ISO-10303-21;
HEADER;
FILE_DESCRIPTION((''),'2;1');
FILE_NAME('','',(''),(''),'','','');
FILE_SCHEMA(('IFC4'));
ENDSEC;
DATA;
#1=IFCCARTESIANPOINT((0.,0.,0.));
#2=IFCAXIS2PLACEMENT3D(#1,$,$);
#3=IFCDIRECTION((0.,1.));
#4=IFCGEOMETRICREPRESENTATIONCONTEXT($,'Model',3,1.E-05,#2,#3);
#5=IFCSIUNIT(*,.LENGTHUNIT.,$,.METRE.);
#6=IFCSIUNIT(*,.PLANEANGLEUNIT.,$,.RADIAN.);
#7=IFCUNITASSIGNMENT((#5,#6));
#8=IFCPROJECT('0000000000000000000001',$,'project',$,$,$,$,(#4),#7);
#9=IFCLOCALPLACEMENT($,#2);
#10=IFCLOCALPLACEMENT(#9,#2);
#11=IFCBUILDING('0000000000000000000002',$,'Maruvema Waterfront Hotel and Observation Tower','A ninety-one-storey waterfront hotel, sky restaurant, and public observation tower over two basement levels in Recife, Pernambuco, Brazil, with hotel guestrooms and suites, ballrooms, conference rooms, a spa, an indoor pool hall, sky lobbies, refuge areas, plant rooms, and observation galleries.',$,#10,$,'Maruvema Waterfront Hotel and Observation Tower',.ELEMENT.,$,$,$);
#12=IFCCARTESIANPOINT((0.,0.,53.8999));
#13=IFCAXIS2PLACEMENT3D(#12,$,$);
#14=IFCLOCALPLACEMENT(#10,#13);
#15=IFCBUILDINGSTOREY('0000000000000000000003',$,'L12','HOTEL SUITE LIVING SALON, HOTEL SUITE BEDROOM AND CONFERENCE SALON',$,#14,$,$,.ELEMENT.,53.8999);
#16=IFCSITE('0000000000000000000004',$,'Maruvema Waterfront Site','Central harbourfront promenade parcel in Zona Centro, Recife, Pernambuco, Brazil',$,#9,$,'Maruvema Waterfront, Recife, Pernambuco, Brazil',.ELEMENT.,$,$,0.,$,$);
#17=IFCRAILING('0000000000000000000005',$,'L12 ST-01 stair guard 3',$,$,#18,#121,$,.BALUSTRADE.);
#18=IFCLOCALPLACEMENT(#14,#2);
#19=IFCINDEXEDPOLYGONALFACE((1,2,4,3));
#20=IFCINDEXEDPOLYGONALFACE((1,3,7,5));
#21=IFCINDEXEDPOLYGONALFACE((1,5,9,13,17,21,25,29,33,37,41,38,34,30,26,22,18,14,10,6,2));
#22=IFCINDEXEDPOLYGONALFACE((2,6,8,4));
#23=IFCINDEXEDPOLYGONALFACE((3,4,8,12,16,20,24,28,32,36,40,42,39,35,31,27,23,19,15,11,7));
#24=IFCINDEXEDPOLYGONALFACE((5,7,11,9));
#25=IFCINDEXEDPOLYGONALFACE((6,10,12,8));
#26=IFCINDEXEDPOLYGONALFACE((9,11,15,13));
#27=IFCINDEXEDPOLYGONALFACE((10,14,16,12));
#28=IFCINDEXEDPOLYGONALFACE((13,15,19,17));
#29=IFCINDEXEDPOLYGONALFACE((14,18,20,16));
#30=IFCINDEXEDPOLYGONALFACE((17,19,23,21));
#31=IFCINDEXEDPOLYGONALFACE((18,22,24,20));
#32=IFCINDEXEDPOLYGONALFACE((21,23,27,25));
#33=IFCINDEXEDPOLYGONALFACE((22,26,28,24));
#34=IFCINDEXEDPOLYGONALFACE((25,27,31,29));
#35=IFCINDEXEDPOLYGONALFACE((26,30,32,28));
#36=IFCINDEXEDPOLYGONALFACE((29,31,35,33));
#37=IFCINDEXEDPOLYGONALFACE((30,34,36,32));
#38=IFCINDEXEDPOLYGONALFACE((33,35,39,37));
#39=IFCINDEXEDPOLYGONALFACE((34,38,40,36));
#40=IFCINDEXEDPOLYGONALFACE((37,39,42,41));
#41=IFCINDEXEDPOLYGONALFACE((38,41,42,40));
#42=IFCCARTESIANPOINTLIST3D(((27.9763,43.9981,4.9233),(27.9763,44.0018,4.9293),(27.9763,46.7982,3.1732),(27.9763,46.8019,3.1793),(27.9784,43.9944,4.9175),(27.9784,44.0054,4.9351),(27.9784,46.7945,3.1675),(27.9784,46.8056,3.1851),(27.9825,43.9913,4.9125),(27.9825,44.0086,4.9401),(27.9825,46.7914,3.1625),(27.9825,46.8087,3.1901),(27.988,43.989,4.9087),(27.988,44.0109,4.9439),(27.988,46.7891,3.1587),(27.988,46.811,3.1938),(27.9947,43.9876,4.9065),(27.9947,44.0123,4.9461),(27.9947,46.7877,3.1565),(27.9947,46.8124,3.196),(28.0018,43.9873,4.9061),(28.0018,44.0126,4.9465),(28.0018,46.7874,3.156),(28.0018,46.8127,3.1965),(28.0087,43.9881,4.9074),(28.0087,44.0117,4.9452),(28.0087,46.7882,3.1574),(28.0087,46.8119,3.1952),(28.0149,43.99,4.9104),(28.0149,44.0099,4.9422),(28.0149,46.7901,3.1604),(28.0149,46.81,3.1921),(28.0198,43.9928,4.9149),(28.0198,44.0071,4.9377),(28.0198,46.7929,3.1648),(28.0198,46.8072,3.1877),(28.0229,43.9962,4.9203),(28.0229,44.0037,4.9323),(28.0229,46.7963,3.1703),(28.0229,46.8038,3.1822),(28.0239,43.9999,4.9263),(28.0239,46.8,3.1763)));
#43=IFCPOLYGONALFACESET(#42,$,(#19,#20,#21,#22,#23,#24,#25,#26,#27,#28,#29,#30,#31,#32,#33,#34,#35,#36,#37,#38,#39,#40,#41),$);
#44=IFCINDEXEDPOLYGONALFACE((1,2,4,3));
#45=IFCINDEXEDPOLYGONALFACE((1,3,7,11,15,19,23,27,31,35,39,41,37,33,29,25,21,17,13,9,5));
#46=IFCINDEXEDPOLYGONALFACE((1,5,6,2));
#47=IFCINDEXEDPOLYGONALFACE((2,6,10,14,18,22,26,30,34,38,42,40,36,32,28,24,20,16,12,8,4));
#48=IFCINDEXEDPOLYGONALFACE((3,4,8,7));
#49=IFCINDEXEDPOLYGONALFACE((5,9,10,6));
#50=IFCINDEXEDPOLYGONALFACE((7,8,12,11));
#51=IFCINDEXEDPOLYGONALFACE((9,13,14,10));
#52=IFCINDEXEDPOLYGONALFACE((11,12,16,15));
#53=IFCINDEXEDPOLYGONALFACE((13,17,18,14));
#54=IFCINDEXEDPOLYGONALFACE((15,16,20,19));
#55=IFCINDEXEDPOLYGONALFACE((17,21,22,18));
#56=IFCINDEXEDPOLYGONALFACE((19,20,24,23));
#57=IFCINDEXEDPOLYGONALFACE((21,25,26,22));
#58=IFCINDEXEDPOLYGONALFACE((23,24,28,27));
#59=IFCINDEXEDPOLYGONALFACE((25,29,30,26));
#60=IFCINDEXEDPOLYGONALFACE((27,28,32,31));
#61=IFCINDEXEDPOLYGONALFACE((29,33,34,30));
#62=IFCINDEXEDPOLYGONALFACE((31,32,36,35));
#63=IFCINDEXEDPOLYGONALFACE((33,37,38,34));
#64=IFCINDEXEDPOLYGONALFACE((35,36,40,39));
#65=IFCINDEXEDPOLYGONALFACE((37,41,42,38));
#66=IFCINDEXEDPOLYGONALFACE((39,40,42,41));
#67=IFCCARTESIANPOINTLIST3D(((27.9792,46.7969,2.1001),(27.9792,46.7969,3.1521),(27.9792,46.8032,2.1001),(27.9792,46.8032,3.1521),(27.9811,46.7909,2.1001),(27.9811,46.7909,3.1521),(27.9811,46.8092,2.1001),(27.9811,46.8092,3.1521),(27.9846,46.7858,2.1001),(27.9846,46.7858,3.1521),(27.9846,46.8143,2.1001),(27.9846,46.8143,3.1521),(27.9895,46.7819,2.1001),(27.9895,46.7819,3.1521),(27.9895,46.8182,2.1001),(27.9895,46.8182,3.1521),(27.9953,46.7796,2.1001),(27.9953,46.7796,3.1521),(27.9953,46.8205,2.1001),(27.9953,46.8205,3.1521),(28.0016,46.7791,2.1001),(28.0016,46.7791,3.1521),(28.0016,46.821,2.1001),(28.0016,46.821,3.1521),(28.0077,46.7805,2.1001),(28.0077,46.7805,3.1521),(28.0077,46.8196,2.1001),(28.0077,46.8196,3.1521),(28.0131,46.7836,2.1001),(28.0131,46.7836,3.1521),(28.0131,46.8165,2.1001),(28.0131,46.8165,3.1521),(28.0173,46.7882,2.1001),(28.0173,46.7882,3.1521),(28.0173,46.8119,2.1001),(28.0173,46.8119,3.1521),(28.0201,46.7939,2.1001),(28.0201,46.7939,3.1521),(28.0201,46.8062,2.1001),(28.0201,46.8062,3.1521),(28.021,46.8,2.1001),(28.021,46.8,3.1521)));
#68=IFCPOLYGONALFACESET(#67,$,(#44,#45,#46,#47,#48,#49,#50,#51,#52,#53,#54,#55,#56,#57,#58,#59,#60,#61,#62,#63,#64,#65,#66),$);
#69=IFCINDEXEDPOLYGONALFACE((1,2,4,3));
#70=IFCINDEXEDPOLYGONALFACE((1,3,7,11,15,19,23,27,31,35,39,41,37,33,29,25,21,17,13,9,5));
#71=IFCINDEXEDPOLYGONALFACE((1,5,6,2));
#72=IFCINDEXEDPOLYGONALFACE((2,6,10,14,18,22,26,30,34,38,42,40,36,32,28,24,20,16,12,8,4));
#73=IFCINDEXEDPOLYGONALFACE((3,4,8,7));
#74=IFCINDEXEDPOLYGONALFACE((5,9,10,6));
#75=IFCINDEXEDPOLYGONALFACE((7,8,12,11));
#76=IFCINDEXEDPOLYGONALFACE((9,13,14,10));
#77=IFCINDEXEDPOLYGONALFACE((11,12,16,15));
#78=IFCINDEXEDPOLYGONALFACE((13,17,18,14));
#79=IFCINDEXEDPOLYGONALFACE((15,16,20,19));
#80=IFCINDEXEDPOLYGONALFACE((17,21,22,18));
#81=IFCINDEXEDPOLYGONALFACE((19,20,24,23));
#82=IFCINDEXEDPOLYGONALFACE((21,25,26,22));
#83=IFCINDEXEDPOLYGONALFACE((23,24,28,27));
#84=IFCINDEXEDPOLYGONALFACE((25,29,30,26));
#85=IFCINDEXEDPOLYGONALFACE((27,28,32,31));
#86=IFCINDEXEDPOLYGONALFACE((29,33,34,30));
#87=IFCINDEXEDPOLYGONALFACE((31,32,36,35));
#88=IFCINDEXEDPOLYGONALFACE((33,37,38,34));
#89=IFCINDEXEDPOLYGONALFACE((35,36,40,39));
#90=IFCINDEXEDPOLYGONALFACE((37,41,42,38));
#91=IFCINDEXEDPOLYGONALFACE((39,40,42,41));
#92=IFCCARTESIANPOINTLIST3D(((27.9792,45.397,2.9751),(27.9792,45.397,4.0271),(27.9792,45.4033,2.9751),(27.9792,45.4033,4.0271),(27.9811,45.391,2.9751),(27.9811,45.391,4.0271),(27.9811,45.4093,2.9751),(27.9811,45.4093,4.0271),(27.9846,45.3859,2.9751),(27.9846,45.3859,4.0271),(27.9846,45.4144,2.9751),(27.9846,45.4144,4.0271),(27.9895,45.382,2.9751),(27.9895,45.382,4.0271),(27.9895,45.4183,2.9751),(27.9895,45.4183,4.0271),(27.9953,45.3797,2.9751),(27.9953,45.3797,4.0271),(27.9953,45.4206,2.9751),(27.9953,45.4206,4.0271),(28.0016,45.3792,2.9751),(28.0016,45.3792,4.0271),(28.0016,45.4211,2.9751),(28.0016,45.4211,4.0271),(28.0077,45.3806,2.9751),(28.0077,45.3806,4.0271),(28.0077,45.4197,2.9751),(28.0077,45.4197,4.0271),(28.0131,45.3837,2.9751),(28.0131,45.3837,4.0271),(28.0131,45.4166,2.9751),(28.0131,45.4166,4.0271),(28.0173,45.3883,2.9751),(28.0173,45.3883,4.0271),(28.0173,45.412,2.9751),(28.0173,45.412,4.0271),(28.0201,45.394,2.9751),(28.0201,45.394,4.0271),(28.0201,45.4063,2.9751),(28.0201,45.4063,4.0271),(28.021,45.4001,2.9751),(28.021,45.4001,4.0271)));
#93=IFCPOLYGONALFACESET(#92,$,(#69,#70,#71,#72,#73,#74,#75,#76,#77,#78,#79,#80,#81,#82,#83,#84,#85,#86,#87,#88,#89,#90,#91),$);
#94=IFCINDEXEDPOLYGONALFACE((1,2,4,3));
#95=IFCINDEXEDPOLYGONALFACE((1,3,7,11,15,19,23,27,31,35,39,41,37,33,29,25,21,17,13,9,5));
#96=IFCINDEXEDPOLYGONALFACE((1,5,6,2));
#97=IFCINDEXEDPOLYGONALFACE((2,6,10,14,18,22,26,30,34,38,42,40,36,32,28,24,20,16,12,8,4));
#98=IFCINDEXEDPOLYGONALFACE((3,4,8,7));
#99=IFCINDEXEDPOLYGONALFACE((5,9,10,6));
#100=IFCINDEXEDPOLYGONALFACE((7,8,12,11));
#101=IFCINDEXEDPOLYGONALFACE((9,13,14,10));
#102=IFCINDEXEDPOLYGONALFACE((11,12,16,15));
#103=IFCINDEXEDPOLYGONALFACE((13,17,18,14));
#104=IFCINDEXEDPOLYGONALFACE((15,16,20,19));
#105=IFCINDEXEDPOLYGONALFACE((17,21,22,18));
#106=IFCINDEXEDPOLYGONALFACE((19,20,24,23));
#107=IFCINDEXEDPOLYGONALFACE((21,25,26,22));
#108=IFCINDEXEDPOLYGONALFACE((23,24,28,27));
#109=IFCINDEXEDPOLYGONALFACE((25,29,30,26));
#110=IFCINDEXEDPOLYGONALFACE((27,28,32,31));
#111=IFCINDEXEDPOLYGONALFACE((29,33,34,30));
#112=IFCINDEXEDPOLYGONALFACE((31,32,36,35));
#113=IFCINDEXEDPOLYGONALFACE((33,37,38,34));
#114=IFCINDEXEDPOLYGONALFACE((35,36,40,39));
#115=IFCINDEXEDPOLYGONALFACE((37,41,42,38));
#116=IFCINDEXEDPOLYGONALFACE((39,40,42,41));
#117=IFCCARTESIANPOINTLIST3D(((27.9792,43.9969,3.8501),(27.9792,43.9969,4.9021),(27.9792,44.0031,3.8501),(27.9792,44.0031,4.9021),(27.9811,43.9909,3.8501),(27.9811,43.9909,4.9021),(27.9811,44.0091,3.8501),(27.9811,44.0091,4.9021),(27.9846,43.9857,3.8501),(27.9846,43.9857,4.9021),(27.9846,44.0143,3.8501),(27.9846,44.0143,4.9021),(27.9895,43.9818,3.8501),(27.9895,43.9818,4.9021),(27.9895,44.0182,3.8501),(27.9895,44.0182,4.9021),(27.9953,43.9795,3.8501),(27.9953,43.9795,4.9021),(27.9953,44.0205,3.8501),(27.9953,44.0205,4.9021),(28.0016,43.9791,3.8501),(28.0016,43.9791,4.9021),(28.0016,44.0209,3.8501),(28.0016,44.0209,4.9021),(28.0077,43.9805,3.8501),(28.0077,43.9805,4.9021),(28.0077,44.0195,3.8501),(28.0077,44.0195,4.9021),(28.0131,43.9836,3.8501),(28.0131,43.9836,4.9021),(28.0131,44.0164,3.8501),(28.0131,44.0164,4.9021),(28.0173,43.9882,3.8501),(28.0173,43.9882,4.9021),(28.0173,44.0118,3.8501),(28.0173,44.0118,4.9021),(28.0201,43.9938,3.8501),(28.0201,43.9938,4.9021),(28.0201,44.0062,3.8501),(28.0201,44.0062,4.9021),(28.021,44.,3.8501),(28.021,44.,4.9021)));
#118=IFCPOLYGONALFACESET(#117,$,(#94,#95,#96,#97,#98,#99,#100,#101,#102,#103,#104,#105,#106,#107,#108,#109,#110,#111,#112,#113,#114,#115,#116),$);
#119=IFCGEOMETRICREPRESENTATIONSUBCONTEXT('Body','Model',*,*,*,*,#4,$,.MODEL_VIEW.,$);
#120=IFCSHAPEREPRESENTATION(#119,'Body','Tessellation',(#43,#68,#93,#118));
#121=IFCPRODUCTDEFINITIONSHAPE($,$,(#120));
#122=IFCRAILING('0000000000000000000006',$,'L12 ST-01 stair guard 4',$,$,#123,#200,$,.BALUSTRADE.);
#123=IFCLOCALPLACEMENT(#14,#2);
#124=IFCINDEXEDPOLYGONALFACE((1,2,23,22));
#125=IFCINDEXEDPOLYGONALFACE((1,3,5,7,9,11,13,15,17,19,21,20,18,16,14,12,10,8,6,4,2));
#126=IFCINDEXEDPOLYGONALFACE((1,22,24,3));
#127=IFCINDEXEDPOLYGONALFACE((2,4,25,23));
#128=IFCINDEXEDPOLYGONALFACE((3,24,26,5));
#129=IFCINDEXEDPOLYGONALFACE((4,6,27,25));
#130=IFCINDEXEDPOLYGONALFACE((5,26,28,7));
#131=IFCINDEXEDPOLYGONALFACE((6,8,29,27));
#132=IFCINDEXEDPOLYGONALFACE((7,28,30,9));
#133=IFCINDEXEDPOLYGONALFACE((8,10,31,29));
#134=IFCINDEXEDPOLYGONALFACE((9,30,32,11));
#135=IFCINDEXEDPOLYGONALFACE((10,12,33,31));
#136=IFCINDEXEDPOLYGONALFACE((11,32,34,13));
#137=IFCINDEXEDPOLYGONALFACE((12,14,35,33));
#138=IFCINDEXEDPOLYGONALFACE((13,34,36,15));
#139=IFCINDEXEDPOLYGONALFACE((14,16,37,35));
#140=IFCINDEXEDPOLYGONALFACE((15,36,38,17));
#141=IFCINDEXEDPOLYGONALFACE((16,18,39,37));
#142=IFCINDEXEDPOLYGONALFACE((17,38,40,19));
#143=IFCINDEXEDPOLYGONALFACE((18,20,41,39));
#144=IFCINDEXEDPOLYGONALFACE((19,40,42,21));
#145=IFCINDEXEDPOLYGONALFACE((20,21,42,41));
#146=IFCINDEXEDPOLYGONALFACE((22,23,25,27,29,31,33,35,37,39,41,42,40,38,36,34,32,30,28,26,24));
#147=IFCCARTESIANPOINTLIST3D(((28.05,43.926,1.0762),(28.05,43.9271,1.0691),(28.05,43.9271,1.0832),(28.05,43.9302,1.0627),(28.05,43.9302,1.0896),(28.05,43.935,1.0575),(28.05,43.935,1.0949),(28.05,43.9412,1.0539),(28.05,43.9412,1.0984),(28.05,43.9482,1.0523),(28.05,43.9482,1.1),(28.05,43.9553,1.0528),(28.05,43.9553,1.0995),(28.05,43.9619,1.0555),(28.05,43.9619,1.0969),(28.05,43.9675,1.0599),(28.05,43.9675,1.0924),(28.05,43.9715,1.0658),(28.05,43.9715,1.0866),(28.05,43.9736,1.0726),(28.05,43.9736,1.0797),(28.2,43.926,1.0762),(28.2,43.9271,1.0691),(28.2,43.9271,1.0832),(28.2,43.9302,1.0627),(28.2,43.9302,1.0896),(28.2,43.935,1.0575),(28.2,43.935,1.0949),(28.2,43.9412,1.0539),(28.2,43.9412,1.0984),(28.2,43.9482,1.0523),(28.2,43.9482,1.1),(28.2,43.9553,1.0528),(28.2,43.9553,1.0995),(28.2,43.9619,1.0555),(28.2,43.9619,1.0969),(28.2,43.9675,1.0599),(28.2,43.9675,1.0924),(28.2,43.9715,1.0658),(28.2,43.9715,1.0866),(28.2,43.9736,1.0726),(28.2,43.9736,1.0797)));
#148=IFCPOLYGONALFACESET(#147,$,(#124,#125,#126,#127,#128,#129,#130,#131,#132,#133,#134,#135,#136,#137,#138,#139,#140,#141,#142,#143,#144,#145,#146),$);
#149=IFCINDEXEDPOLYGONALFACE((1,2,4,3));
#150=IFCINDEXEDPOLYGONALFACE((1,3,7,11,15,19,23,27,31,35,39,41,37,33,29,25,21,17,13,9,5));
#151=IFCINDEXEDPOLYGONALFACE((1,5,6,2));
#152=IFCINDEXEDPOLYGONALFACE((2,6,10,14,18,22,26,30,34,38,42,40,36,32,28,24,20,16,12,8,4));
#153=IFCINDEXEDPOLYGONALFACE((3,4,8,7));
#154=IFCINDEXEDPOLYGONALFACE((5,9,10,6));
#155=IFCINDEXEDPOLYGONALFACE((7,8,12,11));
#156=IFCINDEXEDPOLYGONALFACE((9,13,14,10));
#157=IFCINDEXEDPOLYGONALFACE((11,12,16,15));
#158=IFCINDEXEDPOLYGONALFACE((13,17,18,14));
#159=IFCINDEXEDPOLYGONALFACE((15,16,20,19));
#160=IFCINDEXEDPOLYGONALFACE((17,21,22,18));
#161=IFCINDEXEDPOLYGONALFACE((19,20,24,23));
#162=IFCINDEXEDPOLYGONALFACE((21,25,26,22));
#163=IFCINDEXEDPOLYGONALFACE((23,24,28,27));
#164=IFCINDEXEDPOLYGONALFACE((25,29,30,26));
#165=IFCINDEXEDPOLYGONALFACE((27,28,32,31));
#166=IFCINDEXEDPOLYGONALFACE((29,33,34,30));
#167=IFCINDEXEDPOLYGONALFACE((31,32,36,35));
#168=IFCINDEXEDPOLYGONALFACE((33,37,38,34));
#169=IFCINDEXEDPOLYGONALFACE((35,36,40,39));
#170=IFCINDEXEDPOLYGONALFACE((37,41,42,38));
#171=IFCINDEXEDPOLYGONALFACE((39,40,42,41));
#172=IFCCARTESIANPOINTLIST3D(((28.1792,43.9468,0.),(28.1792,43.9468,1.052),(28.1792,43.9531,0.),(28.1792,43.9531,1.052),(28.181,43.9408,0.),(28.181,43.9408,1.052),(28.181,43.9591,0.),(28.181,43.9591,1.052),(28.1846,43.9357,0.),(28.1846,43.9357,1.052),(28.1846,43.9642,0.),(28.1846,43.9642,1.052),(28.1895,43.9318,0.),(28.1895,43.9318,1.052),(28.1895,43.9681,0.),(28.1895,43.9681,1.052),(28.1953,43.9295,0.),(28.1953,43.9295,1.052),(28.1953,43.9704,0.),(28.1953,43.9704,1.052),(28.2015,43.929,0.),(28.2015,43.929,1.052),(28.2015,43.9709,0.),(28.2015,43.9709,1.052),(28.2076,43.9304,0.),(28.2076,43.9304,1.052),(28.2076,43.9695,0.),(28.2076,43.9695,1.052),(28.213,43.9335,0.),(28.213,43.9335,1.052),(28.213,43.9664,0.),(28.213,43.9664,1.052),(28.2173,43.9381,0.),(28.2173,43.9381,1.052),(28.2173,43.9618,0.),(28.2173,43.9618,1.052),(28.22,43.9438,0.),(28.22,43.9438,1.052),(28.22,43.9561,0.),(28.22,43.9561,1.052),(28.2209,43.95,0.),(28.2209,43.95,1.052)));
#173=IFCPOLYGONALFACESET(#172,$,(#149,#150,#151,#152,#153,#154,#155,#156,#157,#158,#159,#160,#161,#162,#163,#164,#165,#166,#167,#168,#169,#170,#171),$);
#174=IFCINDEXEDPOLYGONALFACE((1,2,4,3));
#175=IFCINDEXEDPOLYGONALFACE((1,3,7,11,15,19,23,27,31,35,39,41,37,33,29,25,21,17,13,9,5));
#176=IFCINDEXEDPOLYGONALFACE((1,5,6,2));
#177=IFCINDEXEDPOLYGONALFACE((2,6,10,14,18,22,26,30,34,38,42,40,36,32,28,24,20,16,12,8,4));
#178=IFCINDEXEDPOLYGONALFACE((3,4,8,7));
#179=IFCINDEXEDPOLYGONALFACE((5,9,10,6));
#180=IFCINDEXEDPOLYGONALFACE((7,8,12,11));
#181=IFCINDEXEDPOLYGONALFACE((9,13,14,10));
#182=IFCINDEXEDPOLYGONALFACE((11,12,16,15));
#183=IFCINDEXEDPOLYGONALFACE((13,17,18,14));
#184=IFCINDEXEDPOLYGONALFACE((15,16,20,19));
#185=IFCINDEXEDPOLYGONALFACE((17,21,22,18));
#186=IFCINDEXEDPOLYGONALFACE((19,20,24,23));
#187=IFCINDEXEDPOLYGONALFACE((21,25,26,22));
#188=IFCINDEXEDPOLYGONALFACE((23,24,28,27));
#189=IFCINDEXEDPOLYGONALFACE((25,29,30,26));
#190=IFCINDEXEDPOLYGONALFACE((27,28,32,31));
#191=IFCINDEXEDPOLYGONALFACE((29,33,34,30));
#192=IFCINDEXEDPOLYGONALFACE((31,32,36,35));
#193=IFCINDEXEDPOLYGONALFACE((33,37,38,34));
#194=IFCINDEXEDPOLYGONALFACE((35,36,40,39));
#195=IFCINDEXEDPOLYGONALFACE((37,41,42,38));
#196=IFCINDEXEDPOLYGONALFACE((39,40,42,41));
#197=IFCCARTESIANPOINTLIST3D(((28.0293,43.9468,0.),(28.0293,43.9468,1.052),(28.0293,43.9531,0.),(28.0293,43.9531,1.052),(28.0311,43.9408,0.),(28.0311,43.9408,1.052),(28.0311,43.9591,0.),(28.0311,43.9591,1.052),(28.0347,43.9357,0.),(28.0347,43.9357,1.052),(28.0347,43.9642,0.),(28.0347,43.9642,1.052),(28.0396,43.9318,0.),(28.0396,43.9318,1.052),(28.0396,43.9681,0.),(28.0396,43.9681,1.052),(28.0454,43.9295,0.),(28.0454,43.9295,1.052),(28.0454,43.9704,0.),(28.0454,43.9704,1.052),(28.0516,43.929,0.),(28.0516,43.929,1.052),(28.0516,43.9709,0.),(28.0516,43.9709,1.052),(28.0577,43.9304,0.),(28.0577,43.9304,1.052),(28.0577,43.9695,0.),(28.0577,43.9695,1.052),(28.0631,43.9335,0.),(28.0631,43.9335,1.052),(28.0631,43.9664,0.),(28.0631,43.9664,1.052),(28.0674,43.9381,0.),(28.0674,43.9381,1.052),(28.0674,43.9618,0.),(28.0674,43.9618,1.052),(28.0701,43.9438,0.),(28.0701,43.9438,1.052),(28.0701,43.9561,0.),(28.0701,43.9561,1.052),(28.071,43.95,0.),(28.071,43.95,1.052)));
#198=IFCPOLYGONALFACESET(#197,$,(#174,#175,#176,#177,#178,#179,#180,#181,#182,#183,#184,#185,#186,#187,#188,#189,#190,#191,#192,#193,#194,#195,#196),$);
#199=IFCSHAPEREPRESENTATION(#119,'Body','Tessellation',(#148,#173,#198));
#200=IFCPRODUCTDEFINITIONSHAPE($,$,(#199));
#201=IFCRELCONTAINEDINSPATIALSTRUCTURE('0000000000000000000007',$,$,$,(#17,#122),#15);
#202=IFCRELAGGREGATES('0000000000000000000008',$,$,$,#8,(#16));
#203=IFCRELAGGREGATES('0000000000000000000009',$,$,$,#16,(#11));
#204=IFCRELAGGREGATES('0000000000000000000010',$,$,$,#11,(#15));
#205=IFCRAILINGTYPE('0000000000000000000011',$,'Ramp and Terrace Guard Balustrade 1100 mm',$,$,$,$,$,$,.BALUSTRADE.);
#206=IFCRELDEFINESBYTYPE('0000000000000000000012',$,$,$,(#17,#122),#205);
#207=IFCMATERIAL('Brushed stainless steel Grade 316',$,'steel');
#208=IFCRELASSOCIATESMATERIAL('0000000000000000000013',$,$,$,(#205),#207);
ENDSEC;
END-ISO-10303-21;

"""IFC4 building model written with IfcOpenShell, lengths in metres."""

from ifc_helpers import new_model, si_unit, direction, frame, origin, origin_2d, place, context, subcontext, project, spatial, circle, extrude, material, type_object, element, save


model = new_model("IFC4")

# Units and contexts
model_context = context("Model", 3, precision=1e-05, world=origin(), true_north=direction((0.0, 1.0)))
body_context = subcontext(model_context, "Body", "Model", "MODEL_VIEW")
ifc_project = project(units=[si_unit("LENGTHUNIT", "METRE"), si_unit("PLANEANGLEUNIT", "RADIAN")], contexts=[model_context])

# Site, building, storey
site_placement = place(None, origin())
site = spatial("IfcSite", under=ifc_project, at=site_placement, Name="Maruvema Waterfront Site", Description="Central harbourfront promenade parcel in Zona Centro, Recife, Pernambuco, Brazil", LongName="Maruvema Waterfront, Recife, Pernambuco, Brazil", CompositionType="ELEMENT", RefElevation=0.0)
building_placement = place(site_placement, origin())
building = spatial("IfcBuilding", under=site, at=building_placement, Name="Maruvema Waterfront Hotel and Observation Tower", Description="A ninety-one-storey waterfront hotel, sky restaurant, and public observation tower over two basement levels in Recife, Pernambuco, Brazil, with hotel guestrooms and suites, ballrooms, conference rooms, a spa, an indoor pool hall, sky lobbies, refuge areas, plant rooms, and observation galleries.", LongName="Maruvema Waterfront Hotel and Observation Tower", CompositionType="ELEMENT")
storey_placement = place(building_placement, frame((0.0, 0.0, 53.8999)))
storey = spatial("IfcBuildingStorey", under=building, at=storey_placement, Name="L12", Description="HOTEL SUITE LIVING SALON, HOTEL SUITE BEDROOM AND CONFERENCE SALON", CompositionType="ELEMENT", Elevation=53.8999)

# Railings
ifc_material_1 = material(Name="Brushed stainless steel Grade 316", Category="steel")
railing_type_1 = type_object("IfcRailingType", Name="Ramp and Terrace Guard Balustrade 1100 mm", PredefinedType="BALUSTRADE", material=ifc_material_1)
railing_1_placement = place(storey_placement, frame((28.0, 46.8, 2.1001)))
element("IfcRailing", 1, at=railing_1_placement, inside=storey, type_object=railing_type_1, Name="L12 ST-01 stair guard 3", PredefinedType="BALUSTRADE", context=body_context, shape_type="SweptSolid", body=[
    extrude(circle(Radius=0.0239, at=origin_2d()), frame((0.0, 0.0, 1.0762), z_axis=(0.0, -0.848002, 0.529992), x_axis=(1.0, 0.0, 0.0)), (0.0, 0.0, 1.0), 3.302),
    extrude(circle(Radius=0.021, at=origin_2d()), origin(), (0.0, 0.0, 1.0), 1.052),
    extrude(circle(Radius=0.021, at=origin_2d()), frame((0.0, -1.3999, 0.875)), (0.0, 0.0, 1.0), 1.052),
    extrude(circle(Radius=0.021, at=origin_2d()), frame((0.0, -2.8, 1.75)), (0.0, 0.0, 1.0), 1.052),
])
railing_2_placement = place(storey_placement, frame((28.2, 43.95, 0.0)))
element("IfcRailing", 2, at=railing_2_placement, inside=storey, type_object=railing_type_1, Name="L12 ST-01 stair guard 4", PredefinedType="BALUSTRADE", context=body_context, shape_type="SweptSolid", body=[
    extrude(circle(Radius=0.0239, at=origin_2d()), frame((0.0, 0.0, 1.0762), z_axis=(-1.0, 0.0, 0.0), x_axis=(0.0, -1.0, 0.0)), (0.0, 0.0, 1.0), 0.1499),
    extrude(circle(Radius=0.021, at=origin_2d()), origin(), (0.0, 0.0, 1.0), 1.052),
    extrude(circle(Radius=0.021, at=origin_2d()), frame((-0.1499, 0.0, 0.0)), (0.0, 0.0, 1.0), 1.052),
])

save(model, "model.ifc")
